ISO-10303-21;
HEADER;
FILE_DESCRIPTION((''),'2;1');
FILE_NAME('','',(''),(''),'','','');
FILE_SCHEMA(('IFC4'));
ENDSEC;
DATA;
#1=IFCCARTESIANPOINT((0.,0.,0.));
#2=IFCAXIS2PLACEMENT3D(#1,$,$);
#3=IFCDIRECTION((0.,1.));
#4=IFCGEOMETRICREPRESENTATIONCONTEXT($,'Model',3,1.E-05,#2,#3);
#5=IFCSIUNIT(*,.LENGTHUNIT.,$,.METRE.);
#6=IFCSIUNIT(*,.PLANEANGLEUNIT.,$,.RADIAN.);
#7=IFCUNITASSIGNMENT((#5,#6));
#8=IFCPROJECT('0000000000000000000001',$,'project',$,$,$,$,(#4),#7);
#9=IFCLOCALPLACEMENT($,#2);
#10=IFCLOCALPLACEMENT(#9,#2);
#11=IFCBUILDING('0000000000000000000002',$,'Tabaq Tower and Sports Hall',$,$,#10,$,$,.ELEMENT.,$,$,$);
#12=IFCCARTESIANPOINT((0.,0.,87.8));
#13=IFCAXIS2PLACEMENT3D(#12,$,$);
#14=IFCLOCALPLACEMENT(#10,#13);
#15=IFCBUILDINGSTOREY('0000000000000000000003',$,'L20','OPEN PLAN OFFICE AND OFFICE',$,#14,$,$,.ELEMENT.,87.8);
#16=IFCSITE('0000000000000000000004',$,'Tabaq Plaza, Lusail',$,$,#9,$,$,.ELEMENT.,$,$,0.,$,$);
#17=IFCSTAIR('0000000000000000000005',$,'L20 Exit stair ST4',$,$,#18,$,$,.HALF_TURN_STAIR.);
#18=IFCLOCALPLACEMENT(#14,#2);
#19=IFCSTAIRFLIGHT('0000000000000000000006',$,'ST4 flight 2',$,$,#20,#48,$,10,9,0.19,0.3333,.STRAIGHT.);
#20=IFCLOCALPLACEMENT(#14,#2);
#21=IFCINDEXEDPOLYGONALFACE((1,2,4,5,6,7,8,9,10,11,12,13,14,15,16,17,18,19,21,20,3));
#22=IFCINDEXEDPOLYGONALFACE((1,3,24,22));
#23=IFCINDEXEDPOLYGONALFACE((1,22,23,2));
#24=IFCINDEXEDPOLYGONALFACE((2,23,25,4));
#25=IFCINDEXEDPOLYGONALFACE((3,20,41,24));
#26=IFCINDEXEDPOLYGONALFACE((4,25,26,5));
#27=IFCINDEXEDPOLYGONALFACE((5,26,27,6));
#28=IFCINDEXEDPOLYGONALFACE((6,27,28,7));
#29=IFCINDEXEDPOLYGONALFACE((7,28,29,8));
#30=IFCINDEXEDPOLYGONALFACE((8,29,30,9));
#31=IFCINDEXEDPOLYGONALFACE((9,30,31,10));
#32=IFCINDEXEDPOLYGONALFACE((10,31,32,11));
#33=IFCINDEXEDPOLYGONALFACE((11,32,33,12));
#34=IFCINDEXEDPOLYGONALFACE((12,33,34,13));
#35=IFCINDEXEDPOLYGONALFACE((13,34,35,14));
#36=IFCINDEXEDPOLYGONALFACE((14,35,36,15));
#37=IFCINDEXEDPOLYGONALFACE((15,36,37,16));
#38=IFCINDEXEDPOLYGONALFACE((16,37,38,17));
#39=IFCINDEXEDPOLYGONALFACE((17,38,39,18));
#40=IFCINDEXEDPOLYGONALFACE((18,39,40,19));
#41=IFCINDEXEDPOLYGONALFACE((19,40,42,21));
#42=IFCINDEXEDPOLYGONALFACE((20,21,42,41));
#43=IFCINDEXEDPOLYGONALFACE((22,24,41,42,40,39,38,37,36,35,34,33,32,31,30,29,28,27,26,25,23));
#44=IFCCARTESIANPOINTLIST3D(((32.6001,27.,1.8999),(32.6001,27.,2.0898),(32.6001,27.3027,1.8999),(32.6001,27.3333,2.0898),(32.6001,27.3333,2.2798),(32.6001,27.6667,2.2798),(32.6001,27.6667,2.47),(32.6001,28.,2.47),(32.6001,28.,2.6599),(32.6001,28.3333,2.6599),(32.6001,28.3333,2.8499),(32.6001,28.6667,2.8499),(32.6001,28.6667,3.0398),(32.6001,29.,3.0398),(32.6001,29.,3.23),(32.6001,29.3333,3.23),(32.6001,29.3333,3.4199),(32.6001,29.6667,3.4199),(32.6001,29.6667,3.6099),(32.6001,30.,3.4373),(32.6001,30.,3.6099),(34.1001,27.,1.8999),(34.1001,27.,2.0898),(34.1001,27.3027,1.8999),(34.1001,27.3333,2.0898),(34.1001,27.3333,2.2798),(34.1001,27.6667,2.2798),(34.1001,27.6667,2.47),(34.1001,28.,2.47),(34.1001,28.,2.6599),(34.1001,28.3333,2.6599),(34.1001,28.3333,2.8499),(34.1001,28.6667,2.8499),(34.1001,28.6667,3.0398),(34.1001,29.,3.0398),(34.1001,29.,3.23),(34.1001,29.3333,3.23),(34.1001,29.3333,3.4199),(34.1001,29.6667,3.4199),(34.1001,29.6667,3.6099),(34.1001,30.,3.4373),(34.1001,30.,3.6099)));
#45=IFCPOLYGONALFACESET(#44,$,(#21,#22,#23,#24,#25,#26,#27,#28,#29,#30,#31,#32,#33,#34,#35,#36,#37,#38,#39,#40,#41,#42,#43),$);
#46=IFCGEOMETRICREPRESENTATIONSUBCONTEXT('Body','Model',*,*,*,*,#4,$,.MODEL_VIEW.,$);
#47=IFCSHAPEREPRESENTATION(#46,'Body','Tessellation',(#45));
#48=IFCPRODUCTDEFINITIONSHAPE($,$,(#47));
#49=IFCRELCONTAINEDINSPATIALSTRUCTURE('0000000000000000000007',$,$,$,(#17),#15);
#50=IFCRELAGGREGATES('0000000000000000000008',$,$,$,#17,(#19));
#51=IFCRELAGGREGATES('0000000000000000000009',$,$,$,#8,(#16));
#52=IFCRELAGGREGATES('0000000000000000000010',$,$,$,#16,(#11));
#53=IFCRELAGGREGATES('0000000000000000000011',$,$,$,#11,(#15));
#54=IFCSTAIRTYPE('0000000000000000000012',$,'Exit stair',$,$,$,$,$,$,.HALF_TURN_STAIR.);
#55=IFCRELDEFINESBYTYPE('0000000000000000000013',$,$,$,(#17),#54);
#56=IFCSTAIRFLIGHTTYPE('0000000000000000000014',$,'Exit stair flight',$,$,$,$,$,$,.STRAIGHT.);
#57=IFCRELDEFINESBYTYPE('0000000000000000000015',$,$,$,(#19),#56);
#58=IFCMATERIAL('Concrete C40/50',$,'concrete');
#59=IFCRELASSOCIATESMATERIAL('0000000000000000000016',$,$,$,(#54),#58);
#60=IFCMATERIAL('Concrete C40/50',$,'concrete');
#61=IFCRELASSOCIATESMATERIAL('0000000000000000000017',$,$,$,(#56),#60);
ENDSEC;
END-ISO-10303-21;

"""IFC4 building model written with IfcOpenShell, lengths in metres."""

from ifc_helpers import new_model, si_unit, direction, frame, origin, place, context, subcontext, project, spatial, polyline, outline, extrude, material, type_object, element, aggregate, save


model = new_model("IFC4")

# Units and contexts
model_context = context("Model", 3, precision=1e-05, world=origin(), true_north=direction((0.0, 1.0)))
body_context = subcontext(model_context, "Body", "Model", "MODEL_VIEW")
ifc_project = project(units=[si_unit("LENGTHUNIT", "METRE"), si_unit("PLANEANGLEUNIT", "RADIAN")], contexts=[model_context])

# Site, building, storey
site_placement = place(None, origin())
site = spatial("IfcSite", under=ifc_project, at=site_placement, Name="Tabaq Plaza, Lusail", CompositionType="ELEMENT", RefElevation=0.0)
building_placement = place(site_placement, origin())
building = spatial("IfcBuilding", under=site, at=building_placement, Name="Tabaq Tower and Sports Hall", CompositionType="ELEMENT")
storey_placement = place(building_placement, frame((0.0, 0.0, 87.8)))
storey = spatial("IfcBuildingStorey", under=building, at=storey_placement, Name="L20", Description="OPEN PLAN OFFICE AND OFFICE", CompositionType="ELEMENT", Elevation=87.8)

# Stair, stair flight
ifc_material_1 = material(Name="Concrete C40/50", Category="concrete")
stair_type = type_object("IfcStairType", Name="Exit stair", PredefinedType="HALF_TURN_STAIR", material=ifc_material_1)
stair_placement = place(storey_placement, origin())
stair = element("IfcStair", 1, at=stair_placement, inside=storey, type_object=stair_type, Name="L20 Exit stair ST4", PredefinedType="HALF_TURN_STAIR")
ifc_material_2 = material(Name="Concrete C40/50", Category="concrete")
stair_flight_type = type_object("IfcStairFlightType", Name="Exit stair flight", PredefinedType="STRAIGHT", material=ifc_material_2)
stair_flight_placement = place(storey_placement, frame((33.3501, 27.0, 1.8999), z_axis=(0.0, 0.0, 1.0), x_axis=(0.0, 1.0, 0.0)))
stair_flight = element("IfcStairFlight", 2, at=stair_flight_placement, type_object=stair_flight_type, Name="ST4 flight 2", NumberOfRisers=10, NumberOfTreads=9, PredefinedType="STRAIGHT", RiserHeight=0.19, TreadLength=0.3333, context=body_context, shape_type="SweptSolid", body=[
    extrude(outline(polyline([(0.0, 0.0), (0.0, 0.1899), (0.3333, 0.1899), (0.3333, 0.3799), (0.6667, 0.3799), (0.6667, 0.5701), (1.0, 0.5701), (1.0, 0.76), (1.3333, 0.76), (1.3333, 0.95), (1.6667, 0.95), (1.6667, 1.1399), (2.0, 1.1399), (2.0, 1.3301), (2.3333, 1.3301), (2.3333, 1.52), (2.6667, 1.52), (2.6667, 1.71), (3.0, 1.71), (3.0, 1.8999), (3.0, 1.5374), (0.3027, 0.0), (0.0, 0.0)])), frame((0.0, 0.75, 0.0), z_axis=(0.0, -1.0, 0.0), x_axis=(1.0, 0.0, 0.0)), (0.0, 0.0, 1.0), 1.5),
])
aggregate(stair, [stair_flight])

save(model, "model.ifc")
